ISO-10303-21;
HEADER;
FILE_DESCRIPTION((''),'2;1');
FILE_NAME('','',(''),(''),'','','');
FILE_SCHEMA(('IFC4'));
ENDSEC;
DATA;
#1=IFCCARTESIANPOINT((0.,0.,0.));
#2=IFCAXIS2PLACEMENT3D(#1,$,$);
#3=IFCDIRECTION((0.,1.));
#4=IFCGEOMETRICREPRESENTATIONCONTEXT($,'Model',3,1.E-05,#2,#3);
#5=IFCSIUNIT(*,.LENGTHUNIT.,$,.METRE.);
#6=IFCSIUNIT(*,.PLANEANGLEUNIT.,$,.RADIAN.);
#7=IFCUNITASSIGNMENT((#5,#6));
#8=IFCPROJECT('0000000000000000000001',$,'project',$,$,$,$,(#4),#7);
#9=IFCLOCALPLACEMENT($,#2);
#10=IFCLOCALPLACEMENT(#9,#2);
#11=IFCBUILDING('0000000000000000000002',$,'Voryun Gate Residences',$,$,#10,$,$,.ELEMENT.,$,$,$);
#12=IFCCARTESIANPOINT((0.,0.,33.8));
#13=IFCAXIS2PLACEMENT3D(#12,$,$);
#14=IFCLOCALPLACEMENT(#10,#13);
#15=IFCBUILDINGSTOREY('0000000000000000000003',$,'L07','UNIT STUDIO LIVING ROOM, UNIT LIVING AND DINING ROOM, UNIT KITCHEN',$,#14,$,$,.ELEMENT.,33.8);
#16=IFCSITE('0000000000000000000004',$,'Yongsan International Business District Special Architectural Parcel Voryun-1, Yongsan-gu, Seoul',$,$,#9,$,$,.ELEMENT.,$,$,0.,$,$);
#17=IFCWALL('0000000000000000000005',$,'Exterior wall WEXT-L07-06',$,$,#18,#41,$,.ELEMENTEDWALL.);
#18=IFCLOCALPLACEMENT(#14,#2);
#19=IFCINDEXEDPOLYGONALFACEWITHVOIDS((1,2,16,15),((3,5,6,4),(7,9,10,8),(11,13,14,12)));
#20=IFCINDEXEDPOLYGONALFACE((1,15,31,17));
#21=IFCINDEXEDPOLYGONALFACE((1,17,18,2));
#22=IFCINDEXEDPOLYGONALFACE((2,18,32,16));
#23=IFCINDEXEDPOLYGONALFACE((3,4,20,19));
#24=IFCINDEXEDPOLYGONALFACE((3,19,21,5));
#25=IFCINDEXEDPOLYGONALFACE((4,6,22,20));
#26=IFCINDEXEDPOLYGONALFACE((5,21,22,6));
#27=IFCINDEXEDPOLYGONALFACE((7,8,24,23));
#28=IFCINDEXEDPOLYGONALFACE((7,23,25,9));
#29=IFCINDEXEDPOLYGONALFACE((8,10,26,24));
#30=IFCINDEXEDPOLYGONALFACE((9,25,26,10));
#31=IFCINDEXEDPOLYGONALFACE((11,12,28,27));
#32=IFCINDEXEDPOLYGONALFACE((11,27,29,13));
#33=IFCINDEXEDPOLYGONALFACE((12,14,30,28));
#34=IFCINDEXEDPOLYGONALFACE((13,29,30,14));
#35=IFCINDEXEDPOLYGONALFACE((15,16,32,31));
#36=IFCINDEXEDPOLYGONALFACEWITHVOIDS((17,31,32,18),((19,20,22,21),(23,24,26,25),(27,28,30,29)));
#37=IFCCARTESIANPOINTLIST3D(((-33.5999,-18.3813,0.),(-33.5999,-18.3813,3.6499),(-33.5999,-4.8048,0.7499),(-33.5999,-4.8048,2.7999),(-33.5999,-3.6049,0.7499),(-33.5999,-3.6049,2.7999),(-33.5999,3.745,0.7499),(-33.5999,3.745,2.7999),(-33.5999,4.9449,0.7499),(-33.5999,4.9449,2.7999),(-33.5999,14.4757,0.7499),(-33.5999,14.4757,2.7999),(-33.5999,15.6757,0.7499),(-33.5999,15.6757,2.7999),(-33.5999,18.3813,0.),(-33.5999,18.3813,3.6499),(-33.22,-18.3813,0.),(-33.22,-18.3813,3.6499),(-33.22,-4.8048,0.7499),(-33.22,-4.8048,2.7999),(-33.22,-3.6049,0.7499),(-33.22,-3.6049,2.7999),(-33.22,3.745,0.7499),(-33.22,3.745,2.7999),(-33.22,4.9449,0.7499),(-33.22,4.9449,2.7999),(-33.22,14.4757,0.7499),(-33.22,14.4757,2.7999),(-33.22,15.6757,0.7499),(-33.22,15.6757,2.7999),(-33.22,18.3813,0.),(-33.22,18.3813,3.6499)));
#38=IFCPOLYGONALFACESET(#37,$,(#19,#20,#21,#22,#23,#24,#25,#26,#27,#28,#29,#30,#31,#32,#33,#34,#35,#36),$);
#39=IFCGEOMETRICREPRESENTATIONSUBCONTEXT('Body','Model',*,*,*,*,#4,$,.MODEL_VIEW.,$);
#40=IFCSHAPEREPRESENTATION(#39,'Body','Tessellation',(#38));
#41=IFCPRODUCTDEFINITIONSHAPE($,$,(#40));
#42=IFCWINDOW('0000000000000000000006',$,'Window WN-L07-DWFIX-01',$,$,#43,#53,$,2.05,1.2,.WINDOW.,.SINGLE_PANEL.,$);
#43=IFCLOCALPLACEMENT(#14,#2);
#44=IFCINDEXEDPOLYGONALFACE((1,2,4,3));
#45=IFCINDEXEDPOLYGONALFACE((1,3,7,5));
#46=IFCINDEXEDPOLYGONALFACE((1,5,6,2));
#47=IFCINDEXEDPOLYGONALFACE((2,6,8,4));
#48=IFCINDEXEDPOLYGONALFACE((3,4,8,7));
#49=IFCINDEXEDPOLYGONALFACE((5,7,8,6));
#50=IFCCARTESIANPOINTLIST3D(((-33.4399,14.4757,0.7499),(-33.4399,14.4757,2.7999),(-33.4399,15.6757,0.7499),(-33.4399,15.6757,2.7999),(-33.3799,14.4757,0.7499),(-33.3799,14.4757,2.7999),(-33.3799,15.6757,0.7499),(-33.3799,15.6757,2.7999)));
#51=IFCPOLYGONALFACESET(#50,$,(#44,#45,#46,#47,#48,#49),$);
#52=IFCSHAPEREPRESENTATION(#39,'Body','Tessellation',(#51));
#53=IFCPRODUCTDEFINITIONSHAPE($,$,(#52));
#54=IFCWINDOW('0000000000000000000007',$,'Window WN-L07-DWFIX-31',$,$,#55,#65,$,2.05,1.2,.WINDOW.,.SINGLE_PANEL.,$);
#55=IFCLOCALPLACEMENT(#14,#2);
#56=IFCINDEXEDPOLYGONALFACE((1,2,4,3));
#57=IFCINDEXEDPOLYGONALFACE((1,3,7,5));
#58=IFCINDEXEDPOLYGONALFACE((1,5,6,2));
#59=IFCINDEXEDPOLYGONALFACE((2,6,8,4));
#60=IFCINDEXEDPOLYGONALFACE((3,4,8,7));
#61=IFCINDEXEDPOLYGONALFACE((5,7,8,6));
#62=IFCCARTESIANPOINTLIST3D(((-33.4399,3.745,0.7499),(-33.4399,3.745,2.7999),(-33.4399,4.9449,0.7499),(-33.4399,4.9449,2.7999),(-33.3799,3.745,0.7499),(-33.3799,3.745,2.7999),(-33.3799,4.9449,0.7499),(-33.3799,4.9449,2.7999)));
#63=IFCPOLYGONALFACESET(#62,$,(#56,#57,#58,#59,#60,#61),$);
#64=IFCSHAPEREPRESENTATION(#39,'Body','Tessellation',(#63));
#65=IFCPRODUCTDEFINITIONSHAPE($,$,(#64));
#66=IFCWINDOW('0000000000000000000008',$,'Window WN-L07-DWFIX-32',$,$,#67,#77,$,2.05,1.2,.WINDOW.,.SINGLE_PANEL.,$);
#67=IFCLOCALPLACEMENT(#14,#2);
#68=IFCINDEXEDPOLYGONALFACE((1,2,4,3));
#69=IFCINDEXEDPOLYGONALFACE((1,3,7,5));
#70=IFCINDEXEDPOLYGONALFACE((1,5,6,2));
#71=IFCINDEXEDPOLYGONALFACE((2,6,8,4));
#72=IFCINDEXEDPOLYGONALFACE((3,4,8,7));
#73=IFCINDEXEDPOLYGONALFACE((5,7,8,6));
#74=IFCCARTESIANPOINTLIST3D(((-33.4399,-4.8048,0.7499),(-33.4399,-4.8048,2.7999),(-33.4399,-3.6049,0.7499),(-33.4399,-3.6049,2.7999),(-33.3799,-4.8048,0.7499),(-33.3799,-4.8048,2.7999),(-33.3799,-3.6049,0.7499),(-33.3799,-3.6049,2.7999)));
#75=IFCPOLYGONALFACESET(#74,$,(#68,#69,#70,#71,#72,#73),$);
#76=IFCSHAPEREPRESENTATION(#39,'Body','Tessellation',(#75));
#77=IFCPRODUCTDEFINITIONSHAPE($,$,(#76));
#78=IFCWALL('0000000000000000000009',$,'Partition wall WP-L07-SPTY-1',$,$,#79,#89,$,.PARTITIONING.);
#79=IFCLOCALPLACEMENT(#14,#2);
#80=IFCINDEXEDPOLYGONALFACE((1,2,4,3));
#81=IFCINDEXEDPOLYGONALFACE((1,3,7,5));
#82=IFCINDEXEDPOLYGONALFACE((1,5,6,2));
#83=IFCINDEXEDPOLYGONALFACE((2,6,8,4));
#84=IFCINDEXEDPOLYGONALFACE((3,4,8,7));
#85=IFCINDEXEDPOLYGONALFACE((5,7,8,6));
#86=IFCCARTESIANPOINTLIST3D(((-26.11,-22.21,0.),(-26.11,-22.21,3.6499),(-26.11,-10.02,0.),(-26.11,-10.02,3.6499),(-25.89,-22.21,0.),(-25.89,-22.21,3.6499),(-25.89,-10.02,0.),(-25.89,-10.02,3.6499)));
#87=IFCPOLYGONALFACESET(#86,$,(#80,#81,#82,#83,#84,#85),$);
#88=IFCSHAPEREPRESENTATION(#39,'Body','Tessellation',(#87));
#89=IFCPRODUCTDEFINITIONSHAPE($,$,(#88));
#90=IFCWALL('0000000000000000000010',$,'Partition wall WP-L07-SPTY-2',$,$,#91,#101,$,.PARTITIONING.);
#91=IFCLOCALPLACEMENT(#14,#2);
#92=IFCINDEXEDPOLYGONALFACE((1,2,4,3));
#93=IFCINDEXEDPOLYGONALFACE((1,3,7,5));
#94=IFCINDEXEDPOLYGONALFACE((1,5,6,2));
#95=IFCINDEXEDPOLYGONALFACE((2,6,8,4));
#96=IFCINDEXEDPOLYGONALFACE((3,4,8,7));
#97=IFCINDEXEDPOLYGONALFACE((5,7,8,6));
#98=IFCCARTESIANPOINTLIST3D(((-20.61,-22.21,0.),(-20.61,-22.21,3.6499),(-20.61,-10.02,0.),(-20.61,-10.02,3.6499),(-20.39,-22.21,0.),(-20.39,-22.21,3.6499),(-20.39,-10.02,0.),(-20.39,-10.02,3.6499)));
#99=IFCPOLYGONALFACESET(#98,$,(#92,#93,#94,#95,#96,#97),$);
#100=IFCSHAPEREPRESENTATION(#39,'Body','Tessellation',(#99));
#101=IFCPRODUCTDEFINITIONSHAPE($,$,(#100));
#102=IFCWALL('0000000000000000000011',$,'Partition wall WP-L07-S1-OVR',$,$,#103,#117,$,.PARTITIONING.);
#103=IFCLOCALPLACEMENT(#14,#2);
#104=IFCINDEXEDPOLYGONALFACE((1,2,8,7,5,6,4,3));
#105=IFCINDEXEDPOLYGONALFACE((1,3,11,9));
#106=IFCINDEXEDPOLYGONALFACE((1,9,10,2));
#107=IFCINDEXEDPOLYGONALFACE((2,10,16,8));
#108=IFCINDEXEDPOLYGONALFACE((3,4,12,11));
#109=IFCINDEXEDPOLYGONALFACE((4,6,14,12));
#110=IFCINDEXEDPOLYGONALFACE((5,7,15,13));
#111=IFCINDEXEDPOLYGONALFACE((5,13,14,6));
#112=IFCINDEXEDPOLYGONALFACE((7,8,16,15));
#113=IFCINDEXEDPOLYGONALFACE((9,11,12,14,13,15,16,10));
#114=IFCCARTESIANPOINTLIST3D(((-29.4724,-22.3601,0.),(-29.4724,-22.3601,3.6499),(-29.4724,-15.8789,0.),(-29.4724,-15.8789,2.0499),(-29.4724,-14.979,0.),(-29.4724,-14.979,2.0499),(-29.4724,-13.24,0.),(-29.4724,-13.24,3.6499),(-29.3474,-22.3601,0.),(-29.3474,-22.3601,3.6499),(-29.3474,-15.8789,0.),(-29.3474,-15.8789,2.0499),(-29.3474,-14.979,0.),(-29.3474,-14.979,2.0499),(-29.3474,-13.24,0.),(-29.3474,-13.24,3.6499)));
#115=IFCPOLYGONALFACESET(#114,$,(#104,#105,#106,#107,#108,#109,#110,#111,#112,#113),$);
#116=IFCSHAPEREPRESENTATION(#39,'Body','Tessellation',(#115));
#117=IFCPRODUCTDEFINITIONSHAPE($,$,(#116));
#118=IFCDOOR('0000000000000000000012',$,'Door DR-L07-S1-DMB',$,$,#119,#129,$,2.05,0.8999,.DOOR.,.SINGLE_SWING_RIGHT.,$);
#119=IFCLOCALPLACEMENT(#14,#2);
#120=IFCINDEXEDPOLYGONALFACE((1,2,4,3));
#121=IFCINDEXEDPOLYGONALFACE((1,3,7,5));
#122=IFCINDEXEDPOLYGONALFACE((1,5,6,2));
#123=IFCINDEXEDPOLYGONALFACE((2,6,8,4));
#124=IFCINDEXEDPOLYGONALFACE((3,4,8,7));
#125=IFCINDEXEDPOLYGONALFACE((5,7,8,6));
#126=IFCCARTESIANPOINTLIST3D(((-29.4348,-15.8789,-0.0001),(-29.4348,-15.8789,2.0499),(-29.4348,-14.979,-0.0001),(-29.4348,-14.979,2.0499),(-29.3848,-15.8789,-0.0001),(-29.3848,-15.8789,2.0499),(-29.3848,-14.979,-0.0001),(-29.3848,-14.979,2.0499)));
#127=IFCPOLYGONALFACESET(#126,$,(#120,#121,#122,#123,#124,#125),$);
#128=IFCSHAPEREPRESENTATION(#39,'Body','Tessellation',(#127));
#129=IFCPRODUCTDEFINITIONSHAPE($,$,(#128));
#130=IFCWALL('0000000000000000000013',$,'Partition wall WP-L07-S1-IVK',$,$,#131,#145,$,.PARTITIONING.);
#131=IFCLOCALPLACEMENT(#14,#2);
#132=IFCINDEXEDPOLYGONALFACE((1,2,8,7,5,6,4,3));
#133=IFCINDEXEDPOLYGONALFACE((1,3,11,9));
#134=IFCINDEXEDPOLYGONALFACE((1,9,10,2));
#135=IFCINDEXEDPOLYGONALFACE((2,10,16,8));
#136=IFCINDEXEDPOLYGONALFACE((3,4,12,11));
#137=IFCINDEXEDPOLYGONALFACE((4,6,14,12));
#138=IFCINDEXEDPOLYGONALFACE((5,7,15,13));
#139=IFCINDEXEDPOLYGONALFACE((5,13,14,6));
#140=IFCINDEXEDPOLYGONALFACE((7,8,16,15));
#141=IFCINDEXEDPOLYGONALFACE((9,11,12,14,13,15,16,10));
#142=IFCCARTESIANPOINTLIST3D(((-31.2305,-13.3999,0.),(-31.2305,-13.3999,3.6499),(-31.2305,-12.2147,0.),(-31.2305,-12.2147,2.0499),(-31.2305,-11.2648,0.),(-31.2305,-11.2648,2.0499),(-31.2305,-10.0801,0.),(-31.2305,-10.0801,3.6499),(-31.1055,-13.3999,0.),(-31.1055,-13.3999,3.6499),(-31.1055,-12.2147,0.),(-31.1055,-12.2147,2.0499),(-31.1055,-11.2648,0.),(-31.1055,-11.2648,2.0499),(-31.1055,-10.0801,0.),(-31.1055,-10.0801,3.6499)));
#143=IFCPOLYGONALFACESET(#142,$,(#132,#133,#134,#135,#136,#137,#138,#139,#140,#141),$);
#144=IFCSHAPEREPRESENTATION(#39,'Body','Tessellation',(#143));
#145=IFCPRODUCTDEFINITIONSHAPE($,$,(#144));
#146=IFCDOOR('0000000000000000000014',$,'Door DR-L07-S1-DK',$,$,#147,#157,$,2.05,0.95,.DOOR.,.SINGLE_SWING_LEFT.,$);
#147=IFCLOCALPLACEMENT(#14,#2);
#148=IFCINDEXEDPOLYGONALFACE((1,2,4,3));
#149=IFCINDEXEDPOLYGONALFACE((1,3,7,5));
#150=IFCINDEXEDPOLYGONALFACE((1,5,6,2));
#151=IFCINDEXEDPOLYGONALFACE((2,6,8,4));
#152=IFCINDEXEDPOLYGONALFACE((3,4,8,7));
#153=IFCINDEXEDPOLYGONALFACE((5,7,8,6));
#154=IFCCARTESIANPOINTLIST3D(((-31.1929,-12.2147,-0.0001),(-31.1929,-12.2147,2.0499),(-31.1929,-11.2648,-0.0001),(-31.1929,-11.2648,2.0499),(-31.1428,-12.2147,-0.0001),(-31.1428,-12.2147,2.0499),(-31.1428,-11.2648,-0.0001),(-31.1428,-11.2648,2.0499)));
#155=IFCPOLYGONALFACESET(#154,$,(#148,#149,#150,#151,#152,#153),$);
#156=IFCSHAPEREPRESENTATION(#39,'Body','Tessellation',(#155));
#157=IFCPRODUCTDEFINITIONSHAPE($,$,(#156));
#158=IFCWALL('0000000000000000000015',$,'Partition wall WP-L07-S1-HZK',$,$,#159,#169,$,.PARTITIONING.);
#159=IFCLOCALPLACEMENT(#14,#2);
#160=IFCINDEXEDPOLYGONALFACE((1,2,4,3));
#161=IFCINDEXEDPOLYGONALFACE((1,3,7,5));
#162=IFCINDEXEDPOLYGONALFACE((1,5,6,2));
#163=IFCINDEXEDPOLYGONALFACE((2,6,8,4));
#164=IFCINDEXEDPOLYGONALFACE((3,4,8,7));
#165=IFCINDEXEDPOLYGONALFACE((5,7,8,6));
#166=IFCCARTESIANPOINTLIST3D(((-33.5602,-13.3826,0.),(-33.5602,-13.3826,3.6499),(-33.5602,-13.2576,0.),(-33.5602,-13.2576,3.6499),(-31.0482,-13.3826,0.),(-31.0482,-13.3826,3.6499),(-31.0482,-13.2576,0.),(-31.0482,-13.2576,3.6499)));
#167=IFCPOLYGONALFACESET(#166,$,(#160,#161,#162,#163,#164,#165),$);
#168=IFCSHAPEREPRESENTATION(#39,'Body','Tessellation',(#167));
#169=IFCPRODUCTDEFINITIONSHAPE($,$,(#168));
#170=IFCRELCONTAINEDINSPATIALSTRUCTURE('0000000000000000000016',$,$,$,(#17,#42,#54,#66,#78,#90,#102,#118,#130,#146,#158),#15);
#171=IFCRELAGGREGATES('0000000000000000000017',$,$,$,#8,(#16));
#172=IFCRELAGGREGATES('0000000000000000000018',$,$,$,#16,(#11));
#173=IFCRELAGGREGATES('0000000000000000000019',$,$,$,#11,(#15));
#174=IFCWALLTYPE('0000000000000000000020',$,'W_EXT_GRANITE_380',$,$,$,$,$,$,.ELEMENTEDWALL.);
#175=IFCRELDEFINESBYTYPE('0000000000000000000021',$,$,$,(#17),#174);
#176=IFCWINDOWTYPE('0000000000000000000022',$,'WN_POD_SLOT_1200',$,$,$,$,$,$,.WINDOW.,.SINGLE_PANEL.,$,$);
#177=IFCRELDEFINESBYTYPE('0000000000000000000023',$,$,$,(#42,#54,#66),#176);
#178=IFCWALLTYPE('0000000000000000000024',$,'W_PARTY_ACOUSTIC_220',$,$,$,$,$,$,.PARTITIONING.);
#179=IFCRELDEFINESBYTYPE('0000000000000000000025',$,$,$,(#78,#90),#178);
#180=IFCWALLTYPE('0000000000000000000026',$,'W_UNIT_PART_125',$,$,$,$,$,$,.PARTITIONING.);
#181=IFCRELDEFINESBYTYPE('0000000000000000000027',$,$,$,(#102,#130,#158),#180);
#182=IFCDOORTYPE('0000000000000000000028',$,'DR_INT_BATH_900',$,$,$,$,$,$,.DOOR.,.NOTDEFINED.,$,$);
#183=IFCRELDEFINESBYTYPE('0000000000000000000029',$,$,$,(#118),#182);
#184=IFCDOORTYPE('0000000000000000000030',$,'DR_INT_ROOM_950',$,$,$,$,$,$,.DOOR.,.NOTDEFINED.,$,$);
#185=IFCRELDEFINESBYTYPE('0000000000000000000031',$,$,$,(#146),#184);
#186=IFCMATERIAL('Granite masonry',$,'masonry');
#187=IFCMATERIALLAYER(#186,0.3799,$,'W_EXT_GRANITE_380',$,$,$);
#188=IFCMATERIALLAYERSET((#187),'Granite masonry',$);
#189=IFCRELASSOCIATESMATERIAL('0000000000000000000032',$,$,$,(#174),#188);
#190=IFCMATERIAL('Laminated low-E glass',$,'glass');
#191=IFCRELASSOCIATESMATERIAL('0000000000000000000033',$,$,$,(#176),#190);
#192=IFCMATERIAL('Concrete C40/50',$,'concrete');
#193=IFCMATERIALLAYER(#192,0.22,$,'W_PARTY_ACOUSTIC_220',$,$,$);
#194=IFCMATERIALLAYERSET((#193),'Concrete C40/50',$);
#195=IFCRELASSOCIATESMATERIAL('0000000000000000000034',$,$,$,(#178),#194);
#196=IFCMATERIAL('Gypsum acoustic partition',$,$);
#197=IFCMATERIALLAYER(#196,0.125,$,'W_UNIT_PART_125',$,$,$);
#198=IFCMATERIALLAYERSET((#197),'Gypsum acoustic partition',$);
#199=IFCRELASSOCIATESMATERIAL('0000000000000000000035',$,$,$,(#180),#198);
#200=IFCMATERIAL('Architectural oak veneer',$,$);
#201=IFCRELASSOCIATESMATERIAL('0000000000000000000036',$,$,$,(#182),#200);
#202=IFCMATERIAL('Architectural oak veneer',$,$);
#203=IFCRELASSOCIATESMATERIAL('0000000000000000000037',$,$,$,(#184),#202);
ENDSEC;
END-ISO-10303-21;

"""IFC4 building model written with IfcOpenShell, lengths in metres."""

from ifc_helpers import new_model, si_unit, direction, frame, frame_2d, origin, place, context, subcontext, project, spatial, rectangle, extrude, material, layer, layer_set, type_object, element, fill, save


model = new_model("IFC4")

# Units and contexts
model_context = context("Model", 3, precision=1e-05, world=origin(), true_north=direction((0.0, 1.0)))
body_context = subcontext(model_context, "Body", "Model", "MODEL_VIEW")
ifc_project = project(units=[si_unit("LENGTHUNIT", "METRE"), si_unit("PLANEANGLEUNIT", "RADIAN")], contexts=[model_context])

# Site, building, storey
site_placement = place(None, origin())
site = spatial("IfcSite", under=ifc_project, at=site_placement, Name="Yongsan International Business District Special Architectural Parcel Voryun-1, Yongsan-gu, Seoul", CompositionType="ELEMENT", RefElevation=0.0)
building_placement = place(site_placement, origin())
building = spatial("IfcBuilding", under=site, at=building_placement, Name="Voryun Gate Residences", CompositionType="ELEMENT")
storey_placement = place(building_placement, frame((0.0, 0.0, 33.8)))
storey = spatial("IfcBuildingStorey", under=building, at=storey_placement, Name="L07", Description="UNIT STUDIO LIVING ROOM, UNIT LIVING AND DINING ROOM, UNIT KITCHEN", CompositionType="ELEMENT", Elevation=33.8)

# Shared definitions
ifc_material_1 = material(Name="Granite masonry", Category="masonry")
ifc_layer_1 = layer(ifc_material_1, 0.3799, Name="W_EXT_GRANITE_380")
ifc_layer_set_1 = layer_set([ifc_layer_1], Name="Granite masonry")
wall_type_1 = type_object("IfcWallType", Name="W_EXT_GRANITE_380", PredefinedType="ELEMENTEDWALL", material=ifc_layer_set_1)

# Shared definitions
ifc_material_2 = material(Name="Laminated low-E glass", Category="glass")
window_type = type_object("IfcWindowType", Name="WN_POD_SLOT_1200", PartitioningType="SINGLE_PANEL", PredefinedType="WINDOW", material=ifc_material_2)

# Wall, openings, windows
wall_1_placement = place(storey_placement, frame((-33.4099, -18.3813, 0.0), z_axis=(0.0, 0.0, 1.0), x_axis=(0.0, 1.0, 0.0)))
wall_1 = element("IfcWall", 1, at=wall_1_placement, inside=storey, type_object=wall_type_1, Name="Exterior wall WEXT-L07-06", PredefinedType="ELEMENTEDWALL", context=body_context, shape_type="SweptSolid", body=[
    extrude(rectangle(XDim=36.7627, YDim=0.3799, at=frame_2d((18.3813, 0.0))), origin(), (0.0, 0.0, 1.0), 3.6499),
])
opening_1_placement = place(wall_1_placement, frame((32.8569, 0.0, 0.75)))
opening_1 = element("IfcOpeningElement", 2, at=opening_1_placement, cuts=wall_1, PredefinedType="OPENING", context=body_context, shape_type="SweptSolid", body=[
    extrude(rectangle(XDim=1.2, YDim=2.05, at=frame_2d((0.6001, 1.0249))), frame((0.0, 0.2, 0.0), z_axis=(0.0, -1.0, 0.0), x_axis=(1.0, 0.0, 0.0)), (0.0, 0.0, 1.0), 0.3999),
])
opening_2_placement = place(wall_1_placement, frame((22.1262, 0.0, 0.75)))
opening_2 = element("IfcOpeningElement", 3, at=opening_2_placement, cuts=wall_1, PredefinedType="OPENING", context=body_context, shape_type="SweptSolid", body=[
    extrude(rectangle(XDim=1.2, YDim=2.05, at=frame_2d((0.6001, 1.0249))), frame((0.0, 0.2, 0.0), z_axis=(0.0, -1.0, 0.0), x_axis=(1.0, 0.0, 0.0)), (0.0, 0.0, 1.0), 0.3999),
])
opening_3_placement = place(wall_1_placement, frame((13.5764, 0.0, 0.75)))
opening_3 = element("IfcOpeningElement", 4, at=opening_3_placement, cuts=wall_1, PredefinedType="OPENING", context=body_context, shape_type="SweptSolid", body=[
    extrude(rectangle(XDim=1.2, YDim=2.05, at=frame_2d((0.6001, 1.0249))), frame((0.0, 0.2, 0.0), z_axis=(0.0, -1.0, 0.0), x_axis=(1.0, 0.0, 0.0)), (0.0, 0.0, 1.0), 0.3999),
])
window_1_placement = place(opening_1_placement, origin())
window_1 = element("IfcWindow", 5, at=window_1_placement, inside=storey, type_object=window_type, Name="Window WN-L07-DWFIX-01", OverallHeight=2.05, OverallWidth=1.2, PartitioningType="SINGLE_PANEL", PredefinedType="WINDOW", context=body_context, shape_type="SweptSolid", body=[
    extrude(rectangle(XDim=1.2, YDim=2.05, at=frame_2d((0.6001, 1.0249))), frame((0.0, 0.03, 0.0), z_axis=(0.0, -1.0, 0.0), x_axis=(1.0, 0.0, 0.0)), (0.0, 0.0, 1.0), 0.0601),
])
fill(opening_1, window_1)
window_2_placement = place(opening_2_placement, origin())
window_2 = element("IfcWindow", 6, at=window_2_placement, inside=storey, type_object=window_type, Name="Window WN-L07-DWFIX-31", OverallHeight=2.05, OverallWidth=1.2, PartitioningType="SINGLE_PANEL", PredefinedType="WINDOW", context=body_context, shape_type="SweptSolid", body=[
    extrude(rectangle(XDim=1.2, YDim=2.05, at=frame_2d((0.6001, 1.0249))), frame((0.0, 0.03, 0.0), z_axis=(0.0, -1.0, 0.0), x_axis=(1.0, 0.0, 0.0)), (0.0, 0.0, 1.0), 0.0601),
])
fill(opening_2, window_2)
window_3_placement = place(opening_3_placement, origin())
window_3 = element("IfcWindow", 7, at=window_3_placement, inside=storey, type_object=window_type, Name="Window WN-L07-DWFIX-32", OverallHeight=2.05, OverallWidth=1.2, PartitioningType="SINGLE_PANEL", PredefinedType="WINDOW", context=body_context, shape_type="SweptSolid", body=[
    extrude(rectangle(XDim=1.2, YDim=2.05, at=frame_2d((0.6001, 1.0249))), frame((0.0, 0.03, 0.0), z_axis=(0.0, -1.0, 0.0), x_axis=(1.0, 0.0, 0.0)), (0.0, 0.0, 1.0), 0.0601),
])
fill(opening_3, window_3)

# Walls
ifc_material_3 = material(Name="Concrete C40/50", Category="concrete")
ifc_layer_2 = layer(ifc_material_3, 0.22, Name="W_PARTY_ACOUSTIC_220")
ifc_layer_set_2 = layer_set([ifc_layer_2], Name="Concrete C40/50")
wall_type_2 = type_object("IfcWallType", Name="W_PARTY_ACOUSTIC_220", PredefinedType="PARTITIONING", material=ifc_layer_set_2)
for number, where, z_axis, x_axis, name in (
    (8, (-26.0, -22.21, 0.0), (0.0, 0.0, 1.0), (0.0, 1.0, 0.0), "Partition wall WP-L07-SPTY-1"),
    (9, (-20.5, -22.21, 0.0), (0.0, 0.0, 1.0), (0.0, 1.0, 0.0), "Partition wall WP-L07-SPTY-2"),
):
    element("IfcWall", number, at=place(storey_placement, frame(where, z_axis=z_axis, x_axis=x_axis)), inside=storey, type_object=wall_type_2, Name=name, PredefinedType="PARTITIONING", context=body_context, shape_type="SweptSolid", body=[
        extrude(rectangle(XDim=12.1899, YDim=0.22, at=frame_2d((6.095, 0.0))), origin(), (0.0, 0.0, 1.0), 3.6499),
    ])

# Walls, openings, doors
ifc_material_4 = material(Name="Gypsum acoustic partition")
ifc_layer_3 = layer(ifc_material_4, 0.125, Name="W_UNIT_PART_125")
ifc_layer_set_3 = layer_set([ifc_layer_3], Name="Gypsum acoustic partition")
wall_type_3 = type_object("IfcWallType", Name="W_UNIT_PART_125", PredefinedType="PARTITIONING", material=ifc_layer_set_3)
wall_2_placement = place(storey_placement, frame((-29.4099, -22.3601, 0.0), z_axis=(0.0, 0.0, 1.0), x_axis=(0.0, 1.0, 0.0)))
wall_2 = element("IfcWall", 10, at=wall_2_placement, inside=storey, type_object=wall_type_3, Name="Partition wall WP-L07-S1-OVR", PredefinedType="PARTITIONING", context=body_context, shape_type="SweptSolid", body=[
    extrude(rectangle(XDim=9.1201, YDim=0.125, at=frame_2d((4.5601, 0.0))), origin(), (0.0, 0.0, 1.0), 3.6499),
])
opening_4_placement = place(wall_2_placement, frame((6.4812, 0.0, 0.0)))
opening_4 = element("IfcOpeningElement", 11, at=opening_4_placement, cuts=wall_2, PredefinedType="OPENING", context=body_context, shape_type="SweptSolid", body=[
    extrude(rectangle(XDim=0.8999, YDim=2.05, at=frame_2d((0.45, 1.0249))), frame((0.0, 0.0725, 0.0), z_axis=(0.0, -1.0, 0.0), x_axis=(1.0, 0.0, 0.0)), (0.0, 0.0, 1.0), 0.145),
])
ifc_material_5 = material(Name="Architectural oak veneer")
door_type_1 = type_object("IfcDoorType", Name="DR_INT_BATH_900", OperationType="NOTDEFINED", PredefinedType="DOOR", material=ifc_material_5)
door_1_placement = place(opening_4_placement, origin())
door_1 = element("IfcDoor", 12, at=door_1_placement, inside=storey, type_object=door_type_1, Name="Door DR-L07-S1-DMB", OperationType="SINGLE_SWING_RIGHT", OverallHeight=2.05, OverallWidth=0.8999, PredefinedType="DOOR", context=body_context, shape_type="SweptSolid", body=[
    extrude(rectangle(XDim=0.8999, YDim=2.05, at=frame_2d((0.45, 1.0249))), frame((0.0, 0.0249, 0.0), z_axis=(0.0, -1.0, 0.0), x_axis=(1.0, 0.0, 0.0)), (0.0, 0.0, 1.0), 0.05),
])
fill(opening_4, door_1)
wall_3_placement = place(storey_placement, frame((-31.168, -13.3999, 0.0), z_axis=(0.0, 0.0, 1.0), x_axis=(0.0, 1.0, 0.0)))
wall_3 = element("IfcWall", 13, at=wall_3_placement, inside=storey, type_object=wall_type_3, Name="Partition wall WP-L07-S1-IVK", PredefinedType="PARTITIONING", context=body_context, shape_type="SweptSolid", body=[
    extrude(rectangle(XDim=3.3198, YDim=0.125, at=frame_2d((1.6599, 0.0))), origin(), (0.0, 0.0, 1.0), 3.6499),
])
opening_5_placement = place(wall_3_placement, frame((1.1851, 0.0, 0.0)))
opening_5 = element("IfcOpeningElement", 14, at=opening_5_placement, cuts=wall_3, PredefinedType="OPENING", context=body_context, shape_type="SweptSolid", body=[
    extrude(rectangle(XDim=0.95, YDim=2.05, at=frame_2d((0.4751, 1.0249))), frame((0.0, 0.0725, 0.0), z_axis=(0.0, -1.0, 0.0), x_axis=(1.0, 0.0, 0.0)), (0.0, 0.0, 1.0), 0.145),
])
ifc_material_6 = material(Name="Architectural oak veneer")
door_type_2 = type_object("IfcDoorType", Name="DR_INT_ROOM_950", OperationType="NOTDEFINED", PredefinedType="DOOR", material=ifc_material_6)
door_2_placement = place(opening_5_placement, origin())
door_2 = element("IfcDoor", 15, at=door_2_placement, inside=storey, type_object=door_type_2, Name="Door DR-L07-S1-DK", OperationType="SINGLE_SWING_LEFT", OverallHeight=2.05, OverallWidth=0.95, PredefinedType="DOOR", context=body_context, shape_type="SweptSolid", body=[
    extrude(rectangle(XDim=0.95, YDim=2.05, at=frame_2d((0.4751, 1.0249))), frame((0.0, 0.0249, 0.0), z_axis=(0.0, -1.0, 0.0), x_axis=(1.0, 0.0, 0.0)), (0.0, 0.0, 1.0), 0.05),
])
fill(opening_5, door_2)

# Wall
wall_4_placement = place(storey_placement, frame((-33.5601, -13.3201, 0.0), z_axis=(0.0, 0.0, 1.0), x_axis=(1.0, 0.0, 0.0)))
element("IfcWall", 16, at=wall_4_placement, inside=storey, type_object=wall_type_3, Name="Partition wall WP-L07-S1-HZK", PredefinedType="PARTITIONING", context=body_context, shape_type="SweptSolid", body=[
    extrude(rectangle(XDim=2.512, YDim=0.125, at=frame_2d((1.2559, 0.0))), origin(), (0.0, 0.0, 1.0), 3.6499),
])

save(model, "model.ifc")
